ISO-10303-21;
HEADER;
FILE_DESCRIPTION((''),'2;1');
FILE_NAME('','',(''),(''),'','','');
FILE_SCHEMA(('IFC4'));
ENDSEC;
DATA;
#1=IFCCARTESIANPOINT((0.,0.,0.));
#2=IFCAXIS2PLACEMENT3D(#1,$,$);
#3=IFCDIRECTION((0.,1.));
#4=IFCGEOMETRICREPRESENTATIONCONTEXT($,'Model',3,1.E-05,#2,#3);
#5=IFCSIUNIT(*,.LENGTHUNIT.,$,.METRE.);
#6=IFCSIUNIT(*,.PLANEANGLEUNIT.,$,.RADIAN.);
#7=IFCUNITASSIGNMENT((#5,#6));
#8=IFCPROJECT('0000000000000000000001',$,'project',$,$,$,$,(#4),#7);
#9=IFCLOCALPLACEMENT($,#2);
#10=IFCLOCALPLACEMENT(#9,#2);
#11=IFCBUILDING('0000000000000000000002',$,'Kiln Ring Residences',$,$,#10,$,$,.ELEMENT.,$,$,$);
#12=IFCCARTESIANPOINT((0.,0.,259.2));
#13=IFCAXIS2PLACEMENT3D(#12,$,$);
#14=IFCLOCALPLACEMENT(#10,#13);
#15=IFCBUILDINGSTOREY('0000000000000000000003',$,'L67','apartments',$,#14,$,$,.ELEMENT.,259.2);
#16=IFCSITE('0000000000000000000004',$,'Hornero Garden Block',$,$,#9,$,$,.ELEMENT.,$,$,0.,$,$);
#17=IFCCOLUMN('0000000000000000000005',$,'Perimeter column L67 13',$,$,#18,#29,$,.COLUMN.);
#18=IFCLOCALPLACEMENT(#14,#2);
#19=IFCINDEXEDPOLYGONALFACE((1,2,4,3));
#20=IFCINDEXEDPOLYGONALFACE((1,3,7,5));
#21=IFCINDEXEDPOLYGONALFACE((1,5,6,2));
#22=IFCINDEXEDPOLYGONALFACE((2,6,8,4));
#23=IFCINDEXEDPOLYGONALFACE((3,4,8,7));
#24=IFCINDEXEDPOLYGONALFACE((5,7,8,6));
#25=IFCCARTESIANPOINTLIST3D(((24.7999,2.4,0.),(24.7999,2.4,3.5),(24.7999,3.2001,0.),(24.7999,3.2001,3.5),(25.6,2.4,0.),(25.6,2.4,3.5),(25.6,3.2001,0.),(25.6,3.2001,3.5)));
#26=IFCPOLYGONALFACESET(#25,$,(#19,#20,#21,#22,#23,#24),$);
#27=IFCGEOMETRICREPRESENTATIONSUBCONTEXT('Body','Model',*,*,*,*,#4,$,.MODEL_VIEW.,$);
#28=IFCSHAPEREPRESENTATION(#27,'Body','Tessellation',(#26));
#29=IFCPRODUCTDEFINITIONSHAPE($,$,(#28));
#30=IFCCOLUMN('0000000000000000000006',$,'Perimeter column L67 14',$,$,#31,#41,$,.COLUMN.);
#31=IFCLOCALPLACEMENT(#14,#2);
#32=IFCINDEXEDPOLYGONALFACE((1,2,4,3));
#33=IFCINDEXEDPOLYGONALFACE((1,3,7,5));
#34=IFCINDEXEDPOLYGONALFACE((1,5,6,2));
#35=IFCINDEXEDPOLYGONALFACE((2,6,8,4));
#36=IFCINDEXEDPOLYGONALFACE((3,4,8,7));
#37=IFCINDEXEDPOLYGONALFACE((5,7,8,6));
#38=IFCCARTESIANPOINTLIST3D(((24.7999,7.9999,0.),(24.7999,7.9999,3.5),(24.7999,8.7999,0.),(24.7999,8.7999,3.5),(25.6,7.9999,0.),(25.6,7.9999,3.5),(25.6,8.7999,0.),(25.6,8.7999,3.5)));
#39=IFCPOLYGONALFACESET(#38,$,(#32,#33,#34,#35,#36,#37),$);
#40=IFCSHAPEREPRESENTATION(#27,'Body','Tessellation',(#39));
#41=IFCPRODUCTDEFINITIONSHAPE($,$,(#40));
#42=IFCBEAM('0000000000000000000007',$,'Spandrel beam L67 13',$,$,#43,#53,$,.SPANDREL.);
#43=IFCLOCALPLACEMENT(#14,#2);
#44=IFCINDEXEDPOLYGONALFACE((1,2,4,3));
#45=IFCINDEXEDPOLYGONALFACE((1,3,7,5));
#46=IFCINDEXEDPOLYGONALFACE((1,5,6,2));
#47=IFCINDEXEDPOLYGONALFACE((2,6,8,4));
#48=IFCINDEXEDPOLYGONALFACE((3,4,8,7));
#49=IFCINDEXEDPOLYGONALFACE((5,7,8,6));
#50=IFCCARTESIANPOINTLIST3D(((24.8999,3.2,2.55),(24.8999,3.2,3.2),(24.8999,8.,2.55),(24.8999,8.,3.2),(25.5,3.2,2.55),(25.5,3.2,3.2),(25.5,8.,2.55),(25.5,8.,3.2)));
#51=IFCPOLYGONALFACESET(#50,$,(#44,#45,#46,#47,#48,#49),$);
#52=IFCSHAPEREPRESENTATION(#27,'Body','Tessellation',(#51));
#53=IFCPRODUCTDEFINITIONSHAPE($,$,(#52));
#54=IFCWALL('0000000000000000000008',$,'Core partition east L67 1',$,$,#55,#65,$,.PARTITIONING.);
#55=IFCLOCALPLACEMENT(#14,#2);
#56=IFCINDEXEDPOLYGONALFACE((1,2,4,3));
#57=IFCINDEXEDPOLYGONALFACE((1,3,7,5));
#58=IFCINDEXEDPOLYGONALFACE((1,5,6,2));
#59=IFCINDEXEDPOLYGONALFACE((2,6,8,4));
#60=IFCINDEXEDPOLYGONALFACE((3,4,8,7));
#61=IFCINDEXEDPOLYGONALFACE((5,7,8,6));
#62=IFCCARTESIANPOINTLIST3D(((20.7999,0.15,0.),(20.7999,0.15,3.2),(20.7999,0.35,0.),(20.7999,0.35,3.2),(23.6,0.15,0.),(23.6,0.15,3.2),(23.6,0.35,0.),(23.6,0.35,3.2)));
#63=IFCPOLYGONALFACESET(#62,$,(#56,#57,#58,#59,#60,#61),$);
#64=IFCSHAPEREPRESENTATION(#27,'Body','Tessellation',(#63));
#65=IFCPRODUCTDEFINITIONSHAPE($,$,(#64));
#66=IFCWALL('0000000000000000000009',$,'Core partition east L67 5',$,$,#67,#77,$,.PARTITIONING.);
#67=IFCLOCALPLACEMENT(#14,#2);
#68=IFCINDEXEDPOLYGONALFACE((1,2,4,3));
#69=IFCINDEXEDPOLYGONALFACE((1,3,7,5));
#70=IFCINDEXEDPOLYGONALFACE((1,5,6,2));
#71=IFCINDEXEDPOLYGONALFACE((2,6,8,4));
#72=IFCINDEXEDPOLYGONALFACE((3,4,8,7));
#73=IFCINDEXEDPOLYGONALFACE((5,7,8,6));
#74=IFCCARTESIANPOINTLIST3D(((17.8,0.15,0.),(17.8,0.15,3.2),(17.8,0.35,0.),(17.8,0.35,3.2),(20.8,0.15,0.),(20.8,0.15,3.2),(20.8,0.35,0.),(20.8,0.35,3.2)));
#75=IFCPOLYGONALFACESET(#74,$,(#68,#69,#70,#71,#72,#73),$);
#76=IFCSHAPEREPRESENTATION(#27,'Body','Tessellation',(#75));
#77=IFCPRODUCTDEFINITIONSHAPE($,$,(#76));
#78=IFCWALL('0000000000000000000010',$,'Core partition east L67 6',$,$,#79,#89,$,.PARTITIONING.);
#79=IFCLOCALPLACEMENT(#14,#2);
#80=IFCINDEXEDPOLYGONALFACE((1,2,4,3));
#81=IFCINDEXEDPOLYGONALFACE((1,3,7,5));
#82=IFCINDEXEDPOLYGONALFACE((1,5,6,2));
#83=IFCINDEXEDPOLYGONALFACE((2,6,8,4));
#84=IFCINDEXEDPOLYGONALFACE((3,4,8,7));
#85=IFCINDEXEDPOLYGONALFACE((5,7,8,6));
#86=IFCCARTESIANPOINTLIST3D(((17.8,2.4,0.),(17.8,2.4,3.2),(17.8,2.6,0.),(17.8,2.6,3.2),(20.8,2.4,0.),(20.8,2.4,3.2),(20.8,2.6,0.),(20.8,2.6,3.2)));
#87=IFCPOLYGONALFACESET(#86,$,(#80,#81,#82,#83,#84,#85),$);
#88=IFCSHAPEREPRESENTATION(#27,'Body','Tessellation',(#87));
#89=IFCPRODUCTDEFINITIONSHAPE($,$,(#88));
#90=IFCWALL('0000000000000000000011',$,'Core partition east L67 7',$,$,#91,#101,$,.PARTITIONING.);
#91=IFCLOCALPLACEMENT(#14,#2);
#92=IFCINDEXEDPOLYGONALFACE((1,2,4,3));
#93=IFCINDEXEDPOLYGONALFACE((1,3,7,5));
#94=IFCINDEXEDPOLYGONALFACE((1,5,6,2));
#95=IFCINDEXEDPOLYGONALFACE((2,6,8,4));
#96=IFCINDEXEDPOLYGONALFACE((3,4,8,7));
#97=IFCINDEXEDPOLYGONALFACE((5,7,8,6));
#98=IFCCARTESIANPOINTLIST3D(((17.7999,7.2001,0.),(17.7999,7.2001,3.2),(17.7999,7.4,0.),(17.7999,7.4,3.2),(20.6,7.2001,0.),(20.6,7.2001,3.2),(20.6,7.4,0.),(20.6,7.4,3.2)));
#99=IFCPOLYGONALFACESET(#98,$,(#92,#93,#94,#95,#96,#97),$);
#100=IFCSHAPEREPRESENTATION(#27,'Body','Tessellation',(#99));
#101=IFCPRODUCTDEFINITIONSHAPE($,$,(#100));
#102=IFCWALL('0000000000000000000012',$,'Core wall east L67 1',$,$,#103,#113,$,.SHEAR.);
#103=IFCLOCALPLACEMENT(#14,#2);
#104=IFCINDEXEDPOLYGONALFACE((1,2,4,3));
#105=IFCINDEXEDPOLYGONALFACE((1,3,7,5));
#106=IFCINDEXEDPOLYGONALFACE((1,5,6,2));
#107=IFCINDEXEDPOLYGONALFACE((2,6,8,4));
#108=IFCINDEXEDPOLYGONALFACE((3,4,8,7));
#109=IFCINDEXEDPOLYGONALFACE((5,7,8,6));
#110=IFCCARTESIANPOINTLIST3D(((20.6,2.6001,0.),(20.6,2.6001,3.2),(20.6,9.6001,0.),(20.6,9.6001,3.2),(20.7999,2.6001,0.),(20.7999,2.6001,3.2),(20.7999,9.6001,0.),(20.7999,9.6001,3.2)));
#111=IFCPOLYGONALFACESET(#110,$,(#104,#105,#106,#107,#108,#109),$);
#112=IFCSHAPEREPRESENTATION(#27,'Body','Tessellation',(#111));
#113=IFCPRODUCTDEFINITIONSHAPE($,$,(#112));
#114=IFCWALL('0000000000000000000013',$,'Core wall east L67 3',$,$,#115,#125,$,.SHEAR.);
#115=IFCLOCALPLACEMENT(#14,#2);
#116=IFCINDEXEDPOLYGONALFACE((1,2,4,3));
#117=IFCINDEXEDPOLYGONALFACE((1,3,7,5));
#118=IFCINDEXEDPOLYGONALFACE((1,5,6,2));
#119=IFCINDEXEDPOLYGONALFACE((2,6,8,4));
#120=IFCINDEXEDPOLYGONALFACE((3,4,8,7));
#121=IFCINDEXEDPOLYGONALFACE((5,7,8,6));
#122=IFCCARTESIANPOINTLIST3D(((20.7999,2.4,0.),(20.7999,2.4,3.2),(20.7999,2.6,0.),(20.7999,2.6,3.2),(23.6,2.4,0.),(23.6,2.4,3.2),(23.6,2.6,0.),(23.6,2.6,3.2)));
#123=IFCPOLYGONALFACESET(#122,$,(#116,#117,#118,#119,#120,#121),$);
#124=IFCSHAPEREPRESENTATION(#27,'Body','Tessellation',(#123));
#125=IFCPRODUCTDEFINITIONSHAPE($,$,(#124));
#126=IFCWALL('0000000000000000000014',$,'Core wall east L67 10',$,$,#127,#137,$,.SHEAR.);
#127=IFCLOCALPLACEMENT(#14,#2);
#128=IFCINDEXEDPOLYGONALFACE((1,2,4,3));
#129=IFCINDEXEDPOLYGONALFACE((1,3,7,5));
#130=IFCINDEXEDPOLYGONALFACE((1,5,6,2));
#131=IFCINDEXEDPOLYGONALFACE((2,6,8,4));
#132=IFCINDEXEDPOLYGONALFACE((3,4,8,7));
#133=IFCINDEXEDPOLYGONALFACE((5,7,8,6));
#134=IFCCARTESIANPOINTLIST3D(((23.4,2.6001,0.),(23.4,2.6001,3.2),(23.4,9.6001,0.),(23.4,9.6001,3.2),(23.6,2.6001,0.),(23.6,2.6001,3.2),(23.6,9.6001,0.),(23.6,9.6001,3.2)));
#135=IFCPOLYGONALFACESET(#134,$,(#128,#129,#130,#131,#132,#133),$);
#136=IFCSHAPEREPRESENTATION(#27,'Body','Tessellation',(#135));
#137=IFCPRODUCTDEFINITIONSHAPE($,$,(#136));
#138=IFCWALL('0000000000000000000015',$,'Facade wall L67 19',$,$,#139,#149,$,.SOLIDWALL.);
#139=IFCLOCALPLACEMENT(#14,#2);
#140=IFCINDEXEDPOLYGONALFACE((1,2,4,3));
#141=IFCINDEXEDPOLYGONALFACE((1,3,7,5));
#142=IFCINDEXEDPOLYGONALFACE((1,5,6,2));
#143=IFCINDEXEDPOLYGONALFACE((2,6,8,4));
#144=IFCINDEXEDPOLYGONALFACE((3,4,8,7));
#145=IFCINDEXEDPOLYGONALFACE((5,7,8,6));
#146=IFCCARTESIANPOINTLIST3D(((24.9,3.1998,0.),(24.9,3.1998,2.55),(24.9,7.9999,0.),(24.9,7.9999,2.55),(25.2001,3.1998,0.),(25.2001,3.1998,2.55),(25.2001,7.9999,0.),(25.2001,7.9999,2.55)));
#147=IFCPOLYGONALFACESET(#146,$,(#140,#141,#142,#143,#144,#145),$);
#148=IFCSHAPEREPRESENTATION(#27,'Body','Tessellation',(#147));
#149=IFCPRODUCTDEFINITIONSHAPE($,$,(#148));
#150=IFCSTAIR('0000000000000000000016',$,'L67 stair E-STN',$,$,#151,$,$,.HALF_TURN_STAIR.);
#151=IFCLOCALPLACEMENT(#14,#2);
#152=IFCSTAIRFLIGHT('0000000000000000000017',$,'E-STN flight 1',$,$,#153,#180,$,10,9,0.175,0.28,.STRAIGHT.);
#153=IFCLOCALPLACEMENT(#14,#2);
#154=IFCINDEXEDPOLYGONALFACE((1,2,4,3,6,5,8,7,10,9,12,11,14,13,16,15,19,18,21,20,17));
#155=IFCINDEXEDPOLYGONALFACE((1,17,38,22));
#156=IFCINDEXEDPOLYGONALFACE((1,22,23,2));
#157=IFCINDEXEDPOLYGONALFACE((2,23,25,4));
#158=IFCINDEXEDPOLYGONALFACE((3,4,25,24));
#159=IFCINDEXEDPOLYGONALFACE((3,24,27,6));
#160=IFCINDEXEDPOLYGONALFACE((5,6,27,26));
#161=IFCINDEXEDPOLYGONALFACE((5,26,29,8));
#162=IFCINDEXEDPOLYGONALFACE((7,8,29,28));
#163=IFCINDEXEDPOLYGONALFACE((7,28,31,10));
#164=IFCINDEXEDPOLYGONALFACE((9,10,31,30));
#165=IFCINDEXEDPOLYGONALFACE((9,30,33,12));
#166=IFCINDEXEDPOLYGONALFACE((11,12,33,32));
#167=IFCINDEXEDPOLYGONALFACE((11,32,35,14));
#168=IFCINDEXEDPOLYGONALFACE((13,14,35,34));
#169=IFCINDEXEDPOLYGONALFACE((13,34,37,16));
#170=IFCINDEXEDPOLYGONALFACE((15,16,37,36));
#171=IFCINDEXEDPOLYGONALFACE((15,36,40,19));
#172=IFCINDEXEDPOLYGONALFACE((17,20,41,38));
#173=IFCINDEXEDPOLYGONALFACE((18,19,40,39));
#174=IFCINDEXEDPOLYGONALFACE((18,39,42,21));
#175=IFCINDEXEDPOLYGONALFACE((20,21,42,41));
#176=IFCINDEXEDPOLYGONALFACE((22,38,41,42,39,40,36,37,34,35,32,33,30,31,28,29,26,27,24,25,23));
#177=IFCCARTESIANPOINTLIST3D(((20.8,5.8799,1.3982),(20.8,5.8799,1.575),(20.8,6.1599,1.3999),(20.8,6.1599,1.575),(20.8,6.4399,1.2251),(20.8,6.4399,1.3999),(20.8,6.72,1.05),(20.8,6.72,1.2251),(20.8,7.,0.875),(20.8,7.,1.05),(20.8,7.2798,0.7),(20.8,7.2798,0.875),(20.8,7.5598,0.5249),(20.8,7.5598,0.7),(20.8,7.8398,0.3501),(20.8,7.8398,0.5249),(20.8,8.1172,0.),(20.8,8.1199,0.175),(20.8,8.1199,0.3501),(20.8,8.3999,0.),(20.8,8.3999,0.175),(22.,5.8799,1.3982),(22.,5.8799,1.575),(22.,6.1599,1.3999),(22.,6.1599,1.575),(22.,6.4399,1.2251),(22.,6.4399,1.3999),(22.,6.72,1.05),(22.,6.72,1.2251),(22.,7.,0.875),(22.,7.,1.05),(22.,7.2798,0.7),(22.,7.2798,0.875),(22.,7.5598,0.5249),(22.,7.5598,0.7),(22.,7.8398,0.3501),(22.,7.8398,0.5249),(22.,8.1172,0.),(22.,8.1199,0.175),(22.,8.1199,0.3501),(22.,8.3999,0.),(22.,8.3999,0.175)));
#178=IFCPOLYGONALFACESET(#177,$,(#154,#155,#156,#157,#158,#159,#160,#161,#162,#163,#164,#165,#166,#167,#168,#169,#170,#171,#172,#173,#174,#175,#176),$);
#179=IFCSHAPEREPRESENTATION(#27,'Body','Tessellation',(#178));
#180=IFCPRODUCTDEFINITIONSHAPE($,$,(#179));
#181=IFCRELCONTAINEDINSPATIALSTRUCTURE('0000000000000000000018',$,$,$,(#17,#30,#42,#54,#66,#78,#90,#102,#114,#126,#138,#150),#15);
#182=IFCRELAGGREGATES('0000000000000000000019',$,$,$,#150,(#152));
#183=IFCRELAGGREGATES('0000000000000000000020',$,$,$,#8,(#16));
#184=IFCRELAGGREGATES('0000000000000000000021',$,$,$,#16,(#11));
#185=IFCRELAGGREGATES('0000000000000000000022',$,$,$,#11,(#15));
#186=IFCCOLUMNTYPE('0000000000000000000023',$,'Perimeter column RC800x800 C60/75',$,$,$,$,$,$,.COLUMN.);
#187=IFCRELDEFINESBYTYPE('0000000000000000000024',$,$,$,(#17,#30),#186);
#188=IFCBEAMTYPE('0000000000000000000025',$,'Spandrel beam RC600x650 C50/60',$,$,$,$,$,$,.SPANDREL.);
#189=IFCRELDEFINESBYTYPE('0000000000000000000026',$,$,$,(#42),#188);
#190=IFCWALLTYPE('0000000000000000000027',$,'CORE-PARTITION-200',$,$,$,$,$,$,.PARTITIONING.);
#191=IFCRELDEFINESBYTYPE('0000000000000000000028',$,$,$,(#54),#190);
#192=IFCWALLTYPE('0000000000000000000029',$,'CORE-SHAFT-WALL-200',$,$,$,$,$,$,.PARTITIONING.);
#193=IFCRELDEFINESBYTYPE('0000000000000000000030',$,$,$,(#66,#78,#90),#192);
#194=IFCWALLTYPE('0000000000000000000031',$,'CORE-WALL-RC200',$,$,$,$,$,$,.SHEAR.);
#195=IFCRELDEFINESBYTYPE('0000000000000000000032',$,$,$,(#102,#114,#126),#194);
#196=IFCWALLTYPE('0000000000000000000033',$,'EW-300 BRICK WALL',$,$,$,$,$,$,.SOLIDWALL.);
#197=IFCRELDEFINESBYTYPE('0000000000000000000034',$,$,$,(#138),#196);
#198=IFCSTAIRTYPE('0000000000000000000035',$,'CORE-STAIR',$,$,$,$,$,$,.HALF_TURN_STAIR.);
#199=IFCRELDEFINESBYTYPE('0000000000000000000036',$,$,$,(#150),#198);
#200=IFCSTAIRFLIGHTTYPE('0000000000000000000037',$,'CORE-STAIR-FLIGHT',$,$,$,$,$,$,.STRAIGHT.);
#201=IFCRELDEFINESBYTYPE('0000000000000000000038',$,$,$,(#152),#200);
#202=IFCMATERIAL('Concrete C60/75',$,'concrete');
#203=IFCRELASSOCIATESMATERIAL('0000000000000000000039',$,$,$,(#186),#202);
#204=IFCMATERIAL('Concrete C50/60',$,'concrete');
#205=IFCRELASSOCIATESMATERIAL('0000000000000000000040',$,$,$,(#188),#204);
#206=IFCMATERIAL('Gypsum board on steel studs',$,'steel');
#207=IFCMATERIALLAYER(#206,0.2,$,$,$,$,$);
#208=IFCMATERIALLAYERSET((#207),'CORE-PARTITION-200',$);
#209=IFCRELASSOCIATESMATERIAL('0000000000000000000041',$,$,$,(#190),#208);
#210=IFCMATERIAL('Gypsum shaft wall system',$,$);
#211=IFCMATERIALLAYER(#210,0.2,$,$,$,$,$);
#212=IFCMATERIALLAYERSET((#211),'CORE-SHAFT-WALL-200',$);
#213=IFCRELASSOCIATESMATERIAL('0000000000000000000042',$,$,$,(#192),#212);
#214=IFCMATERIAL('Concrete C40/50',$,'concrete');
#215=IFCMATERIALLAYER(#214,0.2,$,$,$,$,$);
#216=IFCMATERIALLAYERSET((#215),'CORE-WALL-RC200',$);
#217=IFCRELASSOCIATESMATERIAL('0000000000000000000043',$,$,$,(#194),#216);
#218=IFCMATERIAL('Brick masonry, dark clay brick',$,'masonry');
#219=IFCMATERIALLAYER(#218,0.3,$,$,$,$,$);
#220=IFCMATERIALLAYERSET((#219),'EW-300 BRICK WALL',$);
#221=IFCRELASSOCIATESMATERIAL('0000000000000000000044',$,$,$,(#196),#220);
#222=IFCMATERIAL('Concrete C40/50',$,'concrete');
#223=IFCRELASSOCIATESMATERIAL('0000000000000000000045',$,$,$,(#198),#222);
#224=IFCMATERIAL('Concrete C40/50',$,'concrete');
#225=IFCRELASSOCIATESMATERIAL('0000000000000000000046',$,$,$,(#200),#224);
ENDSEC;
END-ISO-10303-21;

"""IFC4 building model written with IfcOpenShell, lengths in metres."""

from ifc_helpers import new_model, si_unit, direction, frame, frame_2d, origin, origin_2d, place, context, subcontext, project, spatial, polyline, rectangle, outline, extrude, material, layer, layer_set, material_profile, profile_set, type_object, element, aggregate, save


model = new_model("IFC4")

# Units and contexts
model_context = context("Model", 3, precision=1e-05, world=origin(), true_north=direction((0.0, 1.0)))
body_context = subcontext(model_context, "Body", "Model", "MODEL_VIEW")
ifc_project = project(units=[si_unit("LENGTHUNIT", "METRE"), si_unit("PLANEANGLEUNIT", "RADIAN")], contexts=[model_context])

# Site, building, storey
site_placement = place(None, origin())
site = spatial("IfcSite", under=ifc_project, at=site_placement, Name="Hornero Garden Block", CompositionType="ELEMENT", RefElevation=0.0)
building_placement = place(site_placement, origin())
building = spatial("IfcBuilding", under=site, at=building_placement, Name="Kiln Ring Residences", CompositionType="ELEMENT")
storey_placement = place(building_placement, frame((0.0, 0.0, 259.2)))
storey = spatial("IfcBuildingStorey", under=building, at=storey_placement, Name="L67", Description="apartments", CompositionType="ELEMENT", Elevation=259.2)

# Columns
ifc_material_1 = material(Name="Concrete C60/75", Category="concrete")
ifc_material_profile_1 = material_profile(ifc_material_1, rectangle(XDim=0.8, YDim=0.8, at=origin_2d()), Name="RC800x800")
ifc_profile_set_1 = profile_set([ifc_material_profile_1], Name="Concrete C60/75")
column_type = type_object("IfcColumnType", Name="Perimeter column RC800x800 C60/75", PredefinedType="COLUMN", material=ifc_profile_set_1)
for number, where, z_axis, x_axis, name in (
    (1, (25.2, 2.8, 0.0), (0.0, 0.0, 1.0), (1.0, 0.0, 0.0), "Perimeter column L67 13"),
    (2, (25.2, 8.3999, 0.0), (0.0, 0.0, 1.0), (1.0, 0.0, 0.0), "Perimeter column L67 14"),
):
    element("IfcColumn", number, at=place(storey_placement, frame(where, z_axis=z_axis, x_axis=x_axis)), inside=storey, type_object=column_type, Name=name, PredefinedType="COLUMN", context=body_context, shape_type="SweptSolid", body=[
        extrude(rectangle(XDim=0.8, YDim=0.8, at=origin_2d()), origin(), (0.0, 0.0, 1.0), 3.5),
    ])

# Beam
ifc_material_2 = material(Name="Concrete C50/60", Category="concrete")
ifc_material_profile_2 = material_profile(ifc_material_2, rectangle(XDim=0.6001, YDim=0.6499, at=origin_2d()), Name="RC600x650")
ifc_profile_set_2 = profile_set([ifc_material_profile_2], Name="Concrete C50/60")
beam_type = type_object("IfcBeamType", Name="Spandrel beam RC600x650 C50/60", PredefinedType="SPANDREL", material=ifc_profile_set_2)
beam_placement = place(storey_placement, frame((25.2, 3.2, 2.875), z_axis=(0.0, 1.0, 0.0), x_axis=(-1.0, 0.0, 0.0)))
element("IfcBeam", 3, at=beam_placement, inside=storey, type_object=beam_type, Name="Spandrel beam L67 13", PredefinedType="SPANDREL", context=body_context, shape_type="SweptSolid", body=[
    extrude(rectangle(XDim=0.6001, YDim=0.6499, at=origin_2d()), origin(), (0.0, 0.0, 1.0), 4.8),
])

# Walls
ifc_material_3 = material(Name="Gypsum board on steel studs", Category="steel")
ifc_layer_1 = layer(ifc_material_3, 0.2)
ifc_layer_set_1 = layer_set([ifc_layer_1], Name="CORE-PARTITION-200")
wall_type_1 = type_object("IfcWallType", Name="CORE-PARTITION-200", PredefinedType="PARTITIONING", material=ifc_layer_set_1)
wall_1_placement = place(storey_placement, frame((20.8, 0.25, 0.0), z_axis=(0.0, 0.0, 1.0), x_axis=(1.0, 0.0, 0.0)))
element("IfcWall", 4, at=wall_1_placement, inside=storey, type_object=wall_type_1, Name="Core partition east L67 1", PredefinedType="PARTITIONING", context=body_context, shape_type="SweptSolid", body=[
    extrude(rectangle(XDim=2.8, YDim=0.2, at=frame_2d((1.3999, 0.0))), origin(), (0.0, 0.0, 1.0), 3.2),
])
ifc_material_4 = material(Name="Gypsum shaft wall system")
ifc_layer_2 = layer(ifc_material_4, 0.2)
ifc_layer_set_2 = layer_set([ifc_layer_2], Name="CORE-SHAFT-WALL-200")
wall_type_2 = type_object("IfcWallType", Name="CORE-SHAFT-WALL-200", PredefinedType="PARTITIONING", material=ifc_layer_set_2)
for number, where, z_axis, x_axis, name in (
    (5, (17.8, 0.25, 0.0), (0.0, 0.0, 1.0), (1.0, 0.0, 0.0), "Core partition east L67 5"),
    (6, (17.8, 2.5, 0.0), (0.0, 0.0, 1.0), (1.0, 0.0, 0.0), "Core partition east L67 6"),
):
    element("IfcWall", number, at=place(storey_placement, frame(where, z_axis=z_axis, x_axis=x_axis)), inside=storey, type_object=wall_type_2, Name=name, PredefinedType="PARTITIONING", context=body_context, shape_type="SweptSolid", body=[
        extrude(rectangle(XDim=3.0, YDim=0.2, at=frame_2d((1.5, 0.0))), origin(), (0.0, 0.0, 1.0), 3.2),
    ])
wall_2_placement = place(storey_placement, frame((17.8, 7.3, 0.0), z_axis=(0.0, 0.0, 1.0), x_axis=(1.0, 0.0, 0.0)))
element("IfcWall", 7, at=wall_2_placement, inside=storey, type_object=wall_type_2, Name="Core partition east L67 7", PredefinedType="PARTITIONING", context=body_context, shape_type="SweptSolid", body=[
    extrude(rectangle(XDim=2.8, YDim=0.2, at=frame_2d((1.3999, 0.0))), origin(), (0.0, 0.0, 1.0), 3.2),
])
ifc_material_5 = material(Name="Concrete C40/50", Category="concrete")
ifc_layer_3 = layer(ifc_material_5, 0.2)
ifc_layer_set_3 = layer_set([ifc_layer_3], Name="CORE-WALL-RC200")
wall_type_3 = type_object("IfcWallType", Name="CORE-WALL-RC200", PredefinedType="SHEAR", material=ifc_layer_set_3)
wall_3_placement = place(storey_placement, frame((20.7, 2.6001, 0.0), z_axis=(0.0, 0.0, 1.0), x_axis=(0.0, 1.0, 0.0)))
element("IfcWall", 8, at=wall_3_placement, inside=storey, type_object=wall_type_3, Name="Core wall east L67 1", PredefinedType="SHEAR", context=body_context, shape_type="SweptSolid", body=[
    extrude(rectangle(XDim=7.0, YDim=0.2, at=frame_2d((3.5, 0.0))), origin(), (0.0, 0.0, 1.0), 3.2),
])
wall_4_placement = place(storey_placement, frame((20.8, 2.5, 0.0), z_axis=(0.0, 0.0, 1.0), x_axis=(1.0, 0.0, 0.0)))
element("IfcWall", 9, at=wall_4_placement, inside=storey, type_object=wall_type_3, Name="Core wall east L67 3", PredefinedType="SHEAR", context=body_context, shape_type="SweptSolid", body=[
    extrude(rectangle(XDim=2.8, YDim=0.2, at=frame_2d((1.3999, 0.0))), origin(), (0.0, 0.0, 1.0), 3.2),
])
wall_5_placement = place(storey_placement, frame((23.5, 2.6001, 0.0), z_axis=(0.0, 0.0, 1.0), x_axis=(0.0, 1.0, 0.0)))
element("IfcWall", 10, at=wall_5_placement, inside=storey, type_object=wall_type_3, Name="Core wall east L67 10", PredefinedType="SHEAR", context=body_context, shape_type="SweptSolid", body=[
    extrude(rectangle(XDim=7.0, YDim=0.2, at=frame_2d((3.5, 0.0))), origin(), (0.0, 0.0, 1.0), 3.2),
])
ifc_material_6 = material(Name="Brick masonry, dark clay brick", Category="masonry")
ifc_layer_4 = layer(ifc_material_6, 0.3)
ifc_layer_set_4 = layer_set([ifc_layer_4], Name="EW-300 BRICK WALL")
wall_type_4 = type_object("IfcWallType", Name="EW-300 BRICK WALL", PredefinedType="SOLIDWALL", material=ifc_layer_set_4)
wall_6_placement = place(storey_placement, frame((25.05, 3.2, 0.0), z_axis=(0.0, 0.0, 1.0), x_axis=(0.0, 1.0, 0.0)))
element("IfcWall", 11, at=wall_6_placement, inside=storey, type_object=wall_type_4, Name="Facade wall L67 19", PredefinedType="SOLIDWALL", context=body_context, shape_type="SweptSolid", body=[
    extrude(rectangle(XDim=4.8, YDim=0.3, at=frame_2d((2.3999, 0.0))), origin(), (0.0, 0.0, 1.0), 2.55),
])

# Stair, stair flight
ifc_material_7 = material(Name="Concrete C40/50", Category="concrete")
stair_type = type_object("IfcStairType", Name="CORE-STAIR", PredefinedType="HALF_TURN_STAIR", material=ifc_material_7)
stair_placement = place(storey_placement, origin())
stair = element("IfcStair", 12, at=stair_placement, inside=storey, type_object=stair_type, Name="L67 stair E-STN", PredefinedType="HALF_TURN_STAIR")
ifc_material_8 = material(Name="Concrete C40/50", Category="concrete")
stair_flight_type = type_object("IfcStairFlightType", Name="CORE-STAIR-FLIGHT", PredefinedType="STRAIGHT", material=ifc_material_8)
stair_flight_1_placement = place(storey_placement, frame((21.3999, 8.3999, 0.0), z_axis=(0.0, 0.0, 1.0), x_axis=(0.0, -1.0, 0.0)))
stair_flight_1 = element("IfcStairFlight", 13, at=stair_flight_1_placement, type_object=stair_flight_type, Name="E-STN flight 1", NumberOfRisers=10, NumberOfTreads=9, PredefinedType="STRAIGHT", RiserHeight=0.175, TreadLength=0.28, context=body_context, shape_type="SweptSolid", body=[
    extrude(outline(polyline([(0.0, 0.0), (0.0, 0.175), (0.28, 0.175), (0.28, 0.3501), (0.5601, 0.3501), (0.5601, 0.5249), (0.8401, 0.5249), (0.8401, 0.7), (1.1201, 0.7), (1.1201, 0.875), (1.3999, 0.875), (1.3999, 1.05), (1.6799, 1.05), (1.6799, 1.2251), (1.96, 1.2251), (1.96, 1.3999), (2.24, 1.3999), (2.24, 1.575), (2.52, 1.575), (2.52, 1.75), (2.52, 1.3982), (0.2827, 0.0), (0.0, 0.0)])), frame((0.0, 0.6001, 0.0), z_axis=(0.0, -1.0, 0.0), x_axis=(1.0, 0.0, 0.0)), (0.0, 0.0, 1.0), 1.2),
])
aggregate(stair, [stair_flight_1])

save(model, "model.ifc")
